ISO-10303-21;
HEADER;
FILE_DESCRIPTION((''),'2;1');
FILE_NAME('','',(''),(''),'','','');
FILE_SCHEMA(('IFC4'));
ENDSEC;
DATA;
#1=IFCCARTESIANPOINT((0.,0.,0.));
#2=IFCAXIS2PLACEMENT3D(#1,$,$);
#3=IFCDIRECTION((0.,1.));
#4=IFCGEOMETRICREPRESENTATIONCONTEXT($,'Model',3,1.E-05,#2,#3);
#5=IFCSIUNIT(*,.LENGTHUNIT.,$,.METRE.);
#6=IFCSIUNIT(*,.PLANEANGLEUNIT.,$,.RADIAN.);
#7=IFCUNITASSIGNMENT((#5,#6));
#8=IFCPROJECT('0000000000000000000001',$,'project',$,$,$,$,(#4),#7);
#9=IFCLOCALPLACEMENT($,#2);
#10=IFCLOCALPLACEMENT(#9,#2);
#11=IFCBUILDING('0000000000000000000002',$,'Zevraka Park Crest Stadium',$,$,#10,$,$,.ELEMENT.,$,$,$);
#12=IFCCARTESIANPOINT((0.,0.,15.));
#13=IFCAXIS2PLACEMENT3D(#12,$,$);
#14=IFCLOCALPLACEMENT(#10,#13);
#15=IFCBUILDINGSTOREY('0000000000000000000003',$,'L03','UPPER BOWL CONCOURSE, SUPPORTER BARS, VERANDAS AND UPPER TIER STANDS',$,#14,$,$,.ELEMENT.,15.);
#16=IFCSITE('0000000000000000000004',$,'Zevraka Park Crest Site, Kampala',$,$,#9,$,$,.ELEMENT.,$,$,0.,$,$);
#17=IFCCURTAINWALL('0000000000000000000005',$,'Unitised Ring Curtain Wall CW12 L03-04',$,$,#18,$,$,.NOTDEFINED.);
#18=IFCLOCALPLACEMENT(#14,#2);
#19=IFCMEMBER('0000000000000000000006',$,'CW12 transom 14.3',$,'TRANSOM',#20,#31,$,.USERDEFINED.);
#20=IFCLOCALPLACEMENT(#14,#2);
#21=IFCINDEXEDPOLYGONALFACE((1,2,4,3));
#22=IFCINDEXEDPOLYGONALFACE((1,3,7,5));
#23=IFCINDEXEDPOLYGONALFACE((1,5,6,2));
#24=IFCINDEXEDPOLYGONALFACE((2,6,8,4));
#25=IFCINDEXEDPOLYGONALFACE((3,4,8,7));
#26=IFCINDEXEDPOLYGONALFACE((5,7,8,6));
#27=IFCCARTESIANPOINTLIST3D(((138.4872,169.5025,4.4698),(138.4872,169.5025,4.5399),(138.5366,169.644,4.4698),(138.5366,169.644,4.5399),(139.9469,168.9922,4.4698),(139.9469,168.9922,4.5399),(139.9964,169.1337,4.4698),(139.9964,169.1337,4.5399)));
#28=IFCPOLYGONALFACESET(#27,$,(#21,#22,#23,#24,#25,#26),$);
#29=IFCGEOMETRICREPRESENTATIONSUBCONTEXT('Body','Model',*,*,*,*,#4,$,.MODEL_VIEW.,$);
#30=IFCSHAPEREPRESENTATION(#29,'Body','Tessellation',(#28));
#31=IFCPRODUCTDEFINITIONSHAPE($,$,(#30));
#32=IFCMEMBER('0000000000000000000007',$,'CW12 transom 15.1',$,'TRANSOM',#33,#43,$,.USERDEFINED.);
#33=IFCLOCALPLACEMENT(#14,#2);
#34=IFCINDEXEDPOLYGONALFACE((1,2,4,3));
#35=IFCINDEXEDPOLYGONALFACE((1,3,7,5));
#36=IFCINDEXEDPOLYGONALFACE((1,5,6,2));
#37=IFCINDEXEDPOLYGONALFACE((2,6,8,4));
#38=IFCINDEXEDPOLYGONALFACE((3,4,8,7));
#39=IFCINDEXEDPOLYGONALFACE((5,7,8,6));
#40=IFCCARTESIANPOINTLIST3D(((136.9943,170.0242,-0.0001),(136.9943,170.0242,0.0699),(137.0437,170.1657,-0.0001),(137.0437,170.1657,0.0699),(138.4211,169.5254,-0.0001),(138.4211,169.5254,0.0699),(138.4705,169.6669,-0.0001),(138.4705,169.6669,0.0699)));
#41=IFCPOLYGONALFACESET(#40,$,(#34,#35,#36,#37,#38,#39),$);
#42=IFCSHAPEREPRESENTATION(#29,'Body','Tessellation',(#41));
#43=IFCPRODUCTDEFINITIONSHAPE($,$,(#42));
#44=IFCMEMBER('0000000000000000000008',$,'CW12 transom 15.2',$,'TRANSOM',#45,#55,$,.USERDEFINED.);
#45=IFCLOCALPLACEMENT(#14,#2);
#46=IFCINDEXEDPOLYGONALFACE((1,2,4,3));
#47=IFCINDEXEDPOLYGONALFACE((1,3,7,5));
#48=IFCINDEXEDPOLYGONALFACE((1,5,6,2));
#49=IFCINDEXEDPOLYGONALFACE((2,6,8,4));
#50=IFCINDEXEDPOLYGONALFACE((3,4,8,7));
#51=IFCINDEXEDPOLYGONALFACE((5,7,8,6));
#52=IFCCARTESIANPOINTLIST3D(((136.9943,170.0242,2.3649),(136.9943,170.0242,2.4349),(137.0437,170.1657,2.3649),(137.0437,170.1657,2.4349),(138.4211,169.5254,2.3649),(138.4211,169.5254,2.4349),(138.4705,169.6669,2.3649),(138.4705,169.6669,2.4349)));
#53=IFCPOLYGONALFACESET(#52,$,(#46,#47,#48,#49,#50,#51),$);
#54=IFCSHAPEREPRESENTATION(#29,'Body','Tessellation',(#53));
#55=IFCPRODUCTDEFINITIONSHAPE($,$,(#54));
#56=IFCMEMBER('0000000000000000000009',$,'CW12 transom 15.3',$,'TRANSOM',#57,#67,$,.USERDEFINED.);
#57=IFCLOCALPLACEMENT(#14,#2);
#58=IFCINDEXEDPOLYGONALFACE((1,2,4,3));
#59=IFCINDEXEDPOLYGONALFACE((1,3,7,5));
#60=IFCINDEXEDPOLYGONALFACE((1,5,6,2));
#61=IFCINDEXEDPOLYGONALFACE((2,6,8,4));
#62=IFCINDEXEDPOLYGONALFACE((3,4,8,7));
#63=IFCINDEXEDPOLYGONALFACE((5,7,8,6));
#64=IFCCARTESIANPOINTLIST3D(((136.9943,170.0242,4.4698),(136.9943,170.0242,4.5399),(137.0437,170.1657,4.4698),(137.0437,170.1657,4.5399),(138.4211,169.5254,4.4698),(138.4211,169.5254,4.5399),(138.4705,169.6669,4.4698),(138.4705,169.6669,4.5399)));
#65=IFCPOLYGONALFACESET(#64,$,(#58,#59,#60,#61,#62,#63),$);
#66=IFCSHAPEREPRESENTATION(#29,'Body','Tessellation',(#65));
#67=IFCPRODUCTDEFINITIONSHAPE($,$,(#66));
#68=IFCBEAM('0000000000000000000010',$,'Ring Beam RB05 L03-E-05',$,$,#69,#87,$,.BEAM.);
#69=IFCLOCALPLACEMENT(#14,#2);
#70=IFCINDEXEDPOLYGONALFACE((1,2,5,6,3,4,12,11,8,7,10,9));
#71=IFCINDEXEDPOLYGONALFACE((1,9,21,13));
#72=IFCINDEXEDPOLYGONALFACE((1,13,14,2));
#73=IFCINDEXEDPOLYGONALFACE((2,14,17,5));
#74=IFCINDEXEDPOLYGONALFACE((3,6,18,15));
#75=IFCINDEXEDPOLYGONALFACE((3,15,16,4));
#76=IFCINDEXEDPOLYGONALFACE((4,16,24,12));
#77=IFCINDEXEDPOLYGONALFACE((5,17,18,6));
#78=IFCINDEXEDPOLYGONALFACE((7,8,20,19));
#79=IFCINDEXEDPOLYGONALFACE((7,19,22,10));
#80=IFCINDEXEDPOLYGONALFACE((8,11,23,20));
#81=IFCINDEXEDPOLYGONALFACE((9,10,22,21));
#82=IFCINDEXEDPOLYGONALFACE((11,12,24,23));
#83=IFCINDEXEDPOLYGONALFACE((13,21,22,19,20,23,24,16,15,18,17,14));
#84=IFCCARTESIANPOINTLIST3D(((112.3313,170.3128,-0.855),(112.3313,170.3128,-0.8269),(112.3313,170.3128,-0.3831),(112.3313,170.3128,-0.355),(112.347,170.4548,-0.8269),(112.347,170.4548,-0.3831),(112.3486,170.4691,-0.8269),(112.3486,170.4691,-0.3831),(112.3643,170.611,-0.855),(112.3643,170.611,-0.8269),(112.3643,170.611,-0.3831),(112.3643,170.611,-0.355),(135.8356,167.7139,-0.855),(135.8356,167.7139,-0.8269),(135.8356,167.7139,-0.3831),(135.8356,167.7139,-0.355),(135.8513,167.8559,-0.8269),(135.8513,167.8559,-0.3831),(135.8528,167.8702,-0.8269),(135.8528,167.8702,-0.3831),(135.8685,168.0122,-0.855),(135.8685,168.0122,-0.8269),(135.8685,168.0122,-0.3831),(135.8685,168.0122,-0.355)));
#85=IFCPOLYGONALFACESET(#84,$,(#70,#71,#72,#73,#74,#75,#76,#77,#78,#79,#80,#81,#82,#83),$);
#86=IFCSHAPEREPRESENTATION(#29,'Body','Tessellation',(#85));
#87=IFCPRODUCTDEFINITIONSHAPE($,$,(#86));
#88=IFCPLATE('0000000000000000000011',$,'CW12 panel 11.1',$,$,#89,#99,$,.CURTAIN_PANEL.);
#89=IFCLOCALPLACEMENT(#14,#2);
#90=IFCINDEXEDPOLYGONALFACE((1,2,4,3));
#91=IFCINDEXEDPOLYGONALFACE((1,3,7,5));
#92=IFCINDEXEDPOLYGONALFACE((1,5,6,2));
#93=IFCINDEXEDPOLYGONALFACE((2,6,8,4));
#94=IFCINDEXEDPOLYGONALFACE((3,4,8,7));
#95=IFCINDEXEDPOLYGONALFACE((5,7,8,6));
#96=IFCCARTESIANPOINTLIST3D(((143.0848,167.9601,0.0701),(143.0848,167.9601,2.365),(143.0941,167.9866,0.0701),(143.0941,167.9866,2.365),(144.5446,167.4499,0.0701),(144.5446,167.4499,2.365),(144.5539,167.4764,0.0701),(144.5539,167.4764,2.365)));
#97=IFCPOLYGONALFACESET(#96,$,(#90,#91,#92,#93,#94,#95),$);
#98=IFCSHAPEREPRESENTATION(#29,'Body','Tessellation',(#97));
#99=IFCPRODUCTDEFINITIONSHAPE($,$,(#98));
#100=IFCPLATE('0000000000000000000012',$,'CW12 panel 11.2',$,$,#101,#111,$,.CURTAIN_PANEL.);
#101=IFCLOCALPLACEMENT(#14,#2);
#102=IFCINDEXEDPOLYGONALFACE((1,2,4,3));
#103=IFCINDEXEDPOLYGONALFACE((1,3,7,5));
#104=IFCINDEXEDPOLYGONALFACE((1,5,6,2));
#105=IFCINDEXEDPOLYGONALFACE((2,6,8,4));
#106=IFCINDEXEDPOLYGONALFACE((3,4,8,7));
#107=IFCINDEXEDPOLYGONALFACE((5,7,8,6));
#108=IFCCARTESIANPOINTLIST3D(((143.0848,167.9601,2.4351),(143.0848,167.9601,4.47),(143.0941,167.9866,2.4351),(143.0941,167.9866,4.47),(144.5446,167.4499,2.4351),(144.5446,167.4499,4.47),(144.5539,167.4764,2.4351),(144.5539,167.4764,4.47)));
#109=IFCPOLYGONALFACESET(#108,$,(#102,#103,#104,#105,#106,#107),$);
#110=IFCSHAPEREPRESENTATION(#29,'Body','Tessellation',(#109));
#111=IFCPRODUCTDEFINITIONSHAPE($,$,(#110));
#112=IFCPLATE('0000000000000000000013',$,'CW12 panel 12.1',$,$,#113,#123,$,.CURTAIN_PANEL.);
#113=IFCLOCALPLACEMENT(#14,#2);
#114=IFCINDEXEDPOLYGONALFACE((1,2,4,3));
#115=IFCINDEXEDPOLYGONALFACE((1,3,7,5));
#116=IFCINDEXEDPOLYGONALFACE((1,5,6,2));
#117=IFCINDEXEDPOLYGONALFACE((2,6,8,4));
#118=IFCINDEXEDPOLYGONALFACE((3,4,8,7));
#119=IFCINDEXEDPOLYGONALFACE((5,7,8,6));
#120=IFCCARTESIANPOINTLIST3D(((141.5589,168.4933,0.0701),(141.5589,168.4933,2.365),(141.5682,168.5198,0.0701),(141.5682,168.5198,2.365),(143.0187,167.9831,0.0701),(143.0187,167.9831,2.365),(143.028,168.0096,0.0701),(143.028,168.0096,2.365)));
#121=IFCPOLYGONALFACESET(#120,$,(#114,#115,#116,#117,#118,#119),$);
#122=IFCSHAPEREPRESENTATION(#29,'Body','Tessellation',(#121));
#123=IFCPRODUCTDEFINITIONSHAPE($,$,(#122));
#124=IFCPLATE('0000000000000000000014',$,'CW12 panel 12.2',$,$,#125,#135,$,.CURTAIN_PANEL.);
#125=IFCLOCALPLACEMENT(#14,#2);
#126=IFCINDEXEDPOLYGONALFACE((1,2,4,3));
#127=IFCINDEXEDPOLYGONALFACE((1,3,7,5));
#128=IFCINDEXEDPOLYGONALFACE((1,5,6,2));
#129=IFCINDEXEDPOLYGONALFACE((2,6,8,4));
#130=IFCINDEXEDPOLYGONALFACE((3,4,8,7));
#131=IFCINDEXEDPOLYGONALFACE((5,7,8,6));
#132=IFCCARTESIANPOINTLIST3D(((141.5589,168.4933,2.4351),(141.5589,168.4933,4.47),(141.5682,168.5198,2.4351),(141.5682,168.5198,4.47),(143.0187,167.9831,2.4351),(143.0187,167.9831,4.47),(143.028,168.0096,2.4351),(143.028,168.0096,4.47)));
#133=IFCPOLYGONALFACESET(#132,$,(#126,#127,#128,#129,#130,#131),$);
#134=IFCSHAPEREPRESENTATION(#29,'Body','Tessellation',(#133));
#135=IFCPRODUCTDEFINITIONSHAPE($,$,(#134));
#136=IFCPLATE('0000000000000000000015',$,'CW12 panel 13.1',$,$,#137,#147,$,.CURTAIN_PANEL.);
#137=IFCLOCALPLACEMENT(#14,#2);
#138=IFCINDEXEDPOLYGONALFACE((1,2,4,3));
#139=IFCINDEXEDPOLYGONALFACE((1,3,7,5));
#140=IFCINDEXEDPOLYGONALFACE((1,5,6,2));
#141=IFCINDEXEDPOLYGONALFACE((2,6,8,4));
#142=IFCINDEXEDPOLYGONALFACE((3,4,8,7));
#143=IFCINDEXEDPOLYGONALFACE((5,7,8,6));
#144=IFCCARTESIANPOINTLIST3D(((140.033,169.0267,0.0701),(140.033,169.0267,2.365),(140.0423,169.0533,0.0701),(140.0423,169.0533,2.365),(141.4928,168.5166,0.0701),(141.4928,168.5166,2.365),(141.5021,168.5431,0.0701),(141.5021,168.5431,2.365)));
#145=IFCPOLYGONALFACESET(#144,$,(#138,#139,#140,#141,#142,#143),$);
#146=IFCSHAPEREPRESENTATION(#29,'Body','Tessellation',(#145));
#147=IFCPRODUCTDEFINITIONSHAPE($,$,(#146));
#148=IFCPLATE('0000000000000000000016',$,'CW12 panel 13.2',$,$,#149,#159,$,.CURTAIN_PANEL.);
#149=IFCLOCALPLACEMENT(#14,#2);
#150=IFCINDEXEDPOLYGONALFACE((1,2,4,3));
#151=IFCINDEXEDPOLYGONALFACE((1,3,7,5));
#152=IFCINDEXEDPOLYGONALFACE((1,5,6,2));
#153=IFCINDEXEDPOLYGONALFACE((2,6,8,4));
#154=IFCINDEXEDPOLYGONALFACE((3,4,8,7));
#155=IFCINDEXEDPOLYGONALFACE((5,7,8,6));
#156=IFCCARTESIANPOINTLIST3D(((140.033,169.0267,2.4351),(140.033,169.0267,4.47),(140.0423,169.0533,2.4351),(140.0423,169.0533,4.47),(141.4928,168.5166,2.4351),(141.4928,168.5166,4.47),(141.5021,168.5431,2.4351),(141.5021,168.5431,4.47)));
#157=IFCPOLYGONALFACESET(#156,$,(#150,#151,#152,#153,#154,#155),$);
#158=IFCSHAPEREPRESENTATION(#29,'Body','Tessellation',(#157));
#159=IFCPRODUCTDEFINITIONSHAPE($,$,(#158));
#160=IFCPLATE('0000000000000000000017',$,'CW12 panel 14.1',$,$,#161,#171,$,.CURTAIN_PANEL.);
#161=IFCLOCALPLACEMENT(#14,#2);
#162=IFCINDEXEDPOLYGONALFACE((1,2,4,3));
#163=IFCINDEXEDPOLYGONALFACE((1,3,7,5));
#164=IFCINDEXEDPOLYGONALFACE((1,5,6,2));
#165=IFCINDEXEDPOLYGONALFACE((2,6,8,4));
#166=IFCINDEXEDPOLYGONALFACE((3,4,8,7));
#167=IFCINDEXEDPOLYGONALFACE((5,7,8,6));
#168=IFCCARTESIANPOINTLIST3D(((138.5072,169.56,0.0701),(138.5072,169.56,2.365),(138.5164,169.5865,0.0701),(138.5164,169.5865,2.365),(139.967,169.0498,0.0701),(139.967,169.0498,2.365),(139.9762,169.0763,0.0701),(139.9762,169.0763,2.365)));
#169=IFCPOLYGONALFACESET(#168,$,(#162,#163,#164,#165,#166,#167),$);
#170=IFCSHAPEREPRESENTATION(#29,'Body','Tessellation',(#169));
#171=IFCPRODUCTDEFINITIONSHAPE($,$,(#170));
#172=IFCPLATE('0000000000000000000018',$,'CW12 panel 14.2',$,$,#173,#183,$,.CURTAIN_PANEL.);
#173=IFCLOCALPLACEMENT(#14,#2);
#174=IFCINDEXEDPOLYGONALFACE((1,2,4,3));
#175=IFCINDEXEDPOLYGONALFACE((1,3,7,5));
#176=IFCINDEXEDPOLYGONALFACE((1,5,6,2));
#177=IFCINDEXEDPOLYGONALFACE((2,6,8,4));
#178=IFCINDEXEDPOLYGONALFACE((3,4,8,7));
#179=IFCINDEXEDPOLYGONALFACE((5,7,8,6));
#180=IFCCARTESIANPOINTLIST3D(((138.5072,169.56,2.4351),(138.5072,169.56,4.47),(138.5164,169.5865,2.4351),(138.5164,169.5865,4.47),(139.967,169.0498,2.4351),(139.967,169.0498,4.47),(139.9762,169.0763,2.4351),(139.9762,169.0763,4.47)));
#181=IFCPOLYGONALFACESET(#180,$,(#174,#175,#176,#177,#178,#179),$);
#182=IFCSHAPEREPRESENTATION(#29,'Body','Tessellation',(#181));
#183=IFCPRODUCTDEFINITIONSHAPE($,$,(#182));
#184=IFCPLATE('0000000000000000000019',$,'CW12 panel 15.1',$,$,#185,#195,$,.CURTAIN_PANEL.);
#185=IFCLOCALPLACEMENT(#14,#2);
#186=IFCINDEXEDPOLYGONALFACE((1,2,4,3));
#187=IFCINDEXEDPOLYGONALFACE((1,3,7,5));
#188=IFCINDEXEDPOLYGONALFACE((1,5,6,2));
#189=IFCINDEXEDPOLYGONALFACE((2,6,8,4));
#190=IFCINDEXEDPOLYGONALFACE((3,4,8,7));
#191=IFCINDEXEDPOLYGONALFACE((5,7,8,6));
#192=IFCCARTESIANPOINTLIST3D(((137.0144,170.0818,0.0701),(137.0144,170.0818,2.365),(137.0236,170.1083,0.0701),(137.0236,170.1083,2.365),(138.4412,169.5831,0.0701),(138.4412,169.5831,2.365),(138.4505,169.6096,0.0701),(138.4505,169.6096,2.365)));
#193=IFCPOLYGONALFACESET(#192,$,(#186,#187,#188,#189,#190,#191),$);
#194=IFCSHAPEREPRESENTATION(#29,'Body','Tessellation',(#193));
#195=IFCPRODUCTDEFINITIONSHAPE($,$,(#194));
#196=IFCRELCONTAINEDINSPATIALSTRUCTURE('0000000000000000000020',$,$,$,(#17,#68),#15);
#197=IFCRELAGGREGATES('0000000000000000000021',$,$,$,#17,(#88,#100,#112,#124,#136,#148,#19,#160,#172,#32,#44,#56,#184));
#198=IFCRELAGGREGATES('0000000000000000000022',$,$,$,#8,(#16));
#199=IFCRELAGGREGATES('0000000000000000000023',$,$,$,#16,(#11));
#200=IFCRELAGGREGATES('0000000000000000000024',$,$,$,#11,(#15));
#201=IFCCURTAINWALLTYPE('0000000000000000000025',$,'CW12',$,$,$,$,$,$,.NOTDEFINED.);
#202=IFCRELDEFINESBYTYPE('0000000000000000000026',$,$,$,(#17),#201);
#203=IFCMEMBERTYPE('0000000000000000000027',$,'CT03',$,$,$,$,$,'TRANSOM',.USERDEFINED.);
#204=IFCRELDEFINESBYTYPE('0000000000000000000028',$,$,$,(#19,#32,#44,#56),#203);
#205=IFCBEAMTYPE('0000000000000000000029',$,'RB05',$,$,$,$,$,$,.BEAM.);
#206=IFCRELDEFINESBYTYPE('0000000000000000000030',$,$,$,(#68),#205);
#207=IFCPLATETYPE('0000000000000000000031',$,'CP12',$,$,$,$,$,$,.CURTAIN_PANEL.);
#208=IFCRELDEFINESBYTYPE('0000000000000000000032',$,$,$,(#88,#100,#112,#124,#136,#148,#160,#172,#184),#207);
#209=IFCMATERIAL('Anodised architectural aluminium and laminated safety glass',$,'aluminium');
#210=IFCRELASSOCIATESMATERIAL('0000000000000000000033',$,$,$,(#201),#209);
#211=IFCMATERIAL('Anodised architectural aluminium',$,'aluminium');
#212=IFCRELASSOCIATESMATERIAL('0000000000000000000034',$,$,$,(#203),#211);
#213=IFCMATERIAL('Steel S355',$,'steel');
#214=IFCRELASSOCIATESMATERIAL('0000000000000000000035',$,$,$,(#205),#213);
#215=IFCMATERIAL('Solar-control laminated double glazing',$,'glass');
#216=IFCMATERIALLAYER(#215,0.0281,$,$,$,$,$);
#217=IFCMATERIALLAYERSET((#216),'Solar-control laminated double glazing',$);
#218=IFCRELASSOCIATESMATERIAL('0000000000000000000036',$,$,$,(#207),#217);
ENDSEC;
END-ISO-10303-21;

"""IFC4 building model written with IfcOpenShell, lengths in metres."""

from ifc_helpers import new_model, si_unit, direction, frame, origin, origin_2d, place, context, subcontext, project, spatial, rectangle, i_section, extrude, material, layer, layer_set, material_profile, profile_set, type_object, element, aggregate, save


model = new_model("IFC4")

# Units and contexts
model_context = context("Model", 3, precision=1e-05, world=origin(), true_north=direction((0.0, 1.0)))
body_context = subcontext(model_context, "Body", "Model", "MODEL_VIEW")
ifc_project = project(units=[si_unit("LENGTHUNIT", "METRE"), si_unit("PLANEANGLEUNIT", "RADIAN")], contexts=[model_context])

# Site, building, storey
site_placement = place(None, origin())
site = spatial("IfcSite", under=ifc_project, at=site_placement, Name="Zevraka Park Crest Site, Kampala", CompositionType="ELEMENT", RefElevation=0.0)
building_placement = place(site_placement, origin())
building = spatial("IfcBuilding", under=site, at=building_placement, Name="Zevraka Park Crest Stadium", CompositionType="ELEMENT")
storey_placement = place(building_placement, frame((0.0, 0.0, 15.0)))
storey = spatial("IfcBuildingStorey", under=building, at=storey_placement, Name="L03", Description="UPPER BOWL CONCOURSE, SUPPORTER BARS, VERANDAS AND UPPER TIER STANDS", CompositionType="ELEMENT", Elevation=15.0)

# Curtain wall, members
ifc_material_1 = material(Name="Anodised architectural aluminium and laminated safety glass", Category="aluminium")
curtain_wall_type = type_object("IfcCurtainWallType", Name="CW12", PredefinedType="NOTDEFINED", material=ifc_material_1)
curtain_wall_placement = place(storey_placement, origin())
curtain_wall = element("IfcCurtainWall", 1, at=curtain_wall_placement, inside=storey, type_object=curtain_wall_type, Name="Unitised Ring Curtain Wall CW12 L03-04", PredefinedType="NOTDEFINED")
ifc_material_2 = material(Name="Anodised architectural aluminium", Category="aluminium")
ifc_material_profile_1 = material_profile(ifc_material_2, rectangle(XDim=0.1499, YDim=0.0701, at=origin_2d()), Name="ALU TRANSOM 150x70")
ifc_profile_set_1 = profile_set([ifc_material_profile_1], Name="Anodised architectural aluminium")
member_type_1 = type_object("IfcMemberType", Name="CT03", ElementType="TRANSOM", PredefinedType="USERDEFINED", material=ifc_profile_set_1)
member_1_placement = place(storey_placement, frame((139.9717, 169.063, 4.5049), z_axis=(-0.943989, 0.329978, 0.0), x_axis=(-0.329978, -0.943989, 0.0)))
member_1 = element("IfcMember", 2, at=member_1_placement, type_object=member_type_1, Name="CW12 transom 14.3", ObjectType="TRANSOM", PredefinedType="USERDEFINED", context=body_context, shape_type="SweptSolid", body=[
    extrude(rectangle(XDim=0.1499, YDim=0.0701, at=origin_2d()), origin(), (0.0, 0.0, 1.0), 1.5464),
])
member_2_placement = place(storey_placement, frame((138.4458, 169.5962, 0.0349), z_axis=(-0.943979, 0.330005, 0.0), x_axis=(-0.330005, -0.943979, 0.0)))
member_2 = element("IfcMember", 3, at=member_2_placement, type_object=member_type_1, Name="CW12 transom 15.1", ObjectType="TRANSOM", PredefinedType="USERDEFINED", context=body_context, shape_type="SweptSolid", body=[
    extrude(rectangle(XDim=0.1499, YDim=0.0701, at=origin_2d()), origin(), (0.0, 0.0, 1.0), 1.5115),
])
member_3_placement = place(storey_placement, frame((138.4458, 169.5962, 2.3999), z_axis=(-0.943979, 0.330005, 0.0), x_axis=(-0.330005, -0.943979, 0.0)))
member_3 = element("IfcMember", 4, at=member_3_placement, type_object=member_type_1, Name="CW12 transom 15.2", ObjectType="TRANSOM", PredefinedType="USERDEFINED", context=body_context, shape_type="SweptSolid", body=[
    extrude(rectangle(XDim=0.1499, YDim=0.0701, at=origin_2d()), origin(), (0.0, 0.0, 1.0), 1.5115),
])
member_4_placement = place(storey_placement, frame((138.4458, 169.5962, 4.5049), z_axis=(-0.943979, 0.330005, 0.0), x_axis=(-0.330005, -0.943979, 0.0)))
member_4 = element("IfcMember", 5, at=member_4_placement, type_object=member_type_1, Name="CW12 transom 15.3", ObjectType="TRANSOM", PredefinedType="USERDEFINED", context=body_context, shape_type="SweptSolid", body=[
    extrude(rectangle(XDim=0.1499, YDim=0.0701, at=origin_2d()), origin(), (0.0, 0.0, 1.0), 1.5115),
])

# Beam
ifc_material_3 = material(Name="Steel S355", Category="steel")
ifc_material_profile_2 = material_profile(ifc_material_3, i_section(OverallWidth=0.3, OverallDepth=0.5, WebThickness=0.0144, FlangeThickness=0.0281, at=origin_2d()), Name="HEB 500")
ifc_profile_set_2 = profile_set([ifc_material_profile_2], Name="Steel S355")
beam_type = type_object("IfcBeamType", Name="RB05", PredefinedType="BEAM", material=ifc_profile_set_2)
beam_placement = place(storey_placement, frame((135.8521, 167.863, -0.605), z_axis=(-0.993943, 0.109901, 0.0), x_axis=(-0.109901, -0.993943, 0.0)))
element("IfcBeam", 6, at=beam_placement, inside=storey, type_object=beam_type, Name="Ring Beam RB05 L03-E-05", PredefinedType="BEAM", context=body_context, shape_type="SweptSolid", body=[
    extrude(i_section(OverallWidth=0.3, OverallDepth=0.5, WebThickness=0.0144, FlangeThickness=0.0281, at=origin_2d()), origin(), (0.0, 0.0, 1.0), 23.6475),
])

# Plates
ifc_material_4 = material(Name="Solar-control laminated double glazing", Category="glass")
ifc_layer_1 = layer(ifc_material_4, 0.0281)
ifc_layer_set_1 = layer_set([ifc_layer_1], Name="Solar-control laminated double glazing")
plate_type = type_object("IfcPlateType", Name="CP12", PredefinedType="CURTAIN_PANEL", material=ifc_layer_set_1)
plate_1_placement = place(storey_placement, frame((143.8193, 167.7183, 0.0701), z_axis=(0.0, 0.0, 1.0), x_axis=(-0.94401, 0.329917, 0.0)))
plate_1 = element("IfcPlate", 7, at=plate_1_placement, type_object=plate_type, Name="CW12 panel 11.1", PredefinedType="CURTAIN_PANEL", context=body_context, shape_type="SweptSolid", body=[
    extrude(rectangle(XDim=1.5464, YDim=0.0281, at=origin_2d()), origin(), (0.0, 0.0, 1.0), 2.2949),
])
plate_2_placement = place(storey_placement, frame((143.8193, 167.7183, 2.4351), z_axis=(0.0, 0.0, 1.0), x_axis=(-0.94401, 0.329917, 0.0)))
plate_2 = element("IfcPlate", 8, at=plate_2_placement, type_object=plate_type, Name="CW12 panel 11.2", PredefinedType="CURTAIN_PANEL", context=body_context, shape_type="SweptSolid", body=[
    extrude(rectangle(XDim=1.5464, YDim=0.0281, at=origin_2d()), origin(), (0.0, 0.0, 1.0), 2.0349),
])
plate_3_placement = place(storey_placement, frame((142.2935, 168.2515, 0.0701), z_axis=(0.0, 0.0, 1.0), x_axis=(-0.94401, 0.329917, 0.0)))
plate_3 = element("IfcPlate", 9, at=plate_3_placement, type_object=plate_type, Name="CW12 panel 12.1", PredefinedType="CURTAIN_PANEL", context=body_context, shape_type="SweptSolid", body=[
    extrude(rectangle(XDim=1.5464, YDim=0.0281, at=origin_2d()), origin(), (0.0, 0.0, 1.0), 2.2949),
])
plate_4_placement = place(storey_placement, frame((142.2935, 168.2515, 2.4351), z_axis=(0.0, 0.0, 1.0), x_axis=(-0.94401, 0.329917, 0.0)))
plate_4 = element("IfcPlate", 10, at=plate_4_placement, type_object=plate_type, Name="CW12 panel 12.2", PredefinedType="CURTAIN_PANEL", context=body_context, shape_type="SweptSolid", body=[
    extrude(rectangle(XDim=1.5464, YDim=0.0281, at=origin_2d()), origin(), (0.0, 0.0, 1.0), 2.0349),
])
plate_5_placement = place(storey_placement, frame((140.7676, 168.7849, 0.0701), z_axis=(0.0, 0.0, 1.0), x_axis=(-0.94401, 0.329917, 0.0)))
plate_5 = element("IfcPlate", 11, at=plate_5_placement, type_object=plate_type, Name="CW12 panel 13.1", PredefinedType="CURTAIN_PANEL", context=body_context, shape_type="SweptSolid", body=[
    extrude(rectangle(XDim=1.5464, YDim=0.0281, at=origin_2d()), origin(), (0.0, 0.0, 1.0), 2.2949),
])
plate_6_placement = place(storey_placement, frame((140.7676, 168.7849, 2.4351), z_axis=(0.0, 0.0, 1.0), x_axis=(-0.94401, 0.329917, 0.0)))
plate_6 = element("IfcPlate", 12, at=plate_6_placement, type_object=plate_type, Name="CW12 panel 13.2", PredefinedType="CURTAIN_PANEL", context=body_context, shape_type="SweptSolid", body=[
    extrude(rectangle(XDim=1.5464, YDim=0.0281, at=origin_2d()), origin(), (0.0, 0.0, 1.0), 2.0349),
])
plate_7_placement = place(storey_placement, frame((139.2417, 169.3181, 0.0701), z_axis=(0.0, 0.0, 1.0), x_axis=(-0.94401, 0.329917, 0.0)))
plate_7 = element("IfcPlate", 13, at=plate_7_placement, type_object=plate_type, Name="CW12 panel 14.1", PredefinedType="CURTAIN_PANEL", context=body_context, shape_type="SweptSolid", body=[
    extrude(rectangle(XDim=1.5464, YDim=0.0281, at=origin_2d()), origin(), (0.0, 0.0, 1.0), 2.2949),
])
plate_8_placement = place(storey_placement, frame((139.2417, 169.3181, 2.4351), z_axis=(0.0, 0.0, 1.0), x_axis=(-0.94401, 0.329917, 0.0)))
plate_8 = element("IfcPlate", 14, at=plate_8_placement, type_object=plate_type, Name="CW12 panel 14.2", PredefinedType="CURTAIN_PANEL", context=body_context, shape_type="SweptSolid", body=[
    extrude(rectangle(XDim=1.5464, YDim=0.0281, at=origin_2d()), origin(), (0.0, 0.0, 1.0), 2.0349),
])
plate_9_placement = place(storey_placement, frame((137.7324, 169.8457, 0.0701), z_axis=(0.0, 0.0, 1.0), x_axis=(-0.94401, 0.329917, 0.0)))
plate_9 = element("IfcPlate", 15, at=plate_9_placement, type_object=plate_type, Name="CW12 panel 15.1", PredefinedType="CURTAIN_PANEL", context=body_context, shape_type="SweptSolid", body=[
    extrude(rectangle(XDim=1.5115, YDim=0.0281, at=origin_2d()), origin(), (0.0, 0.0, 1.0), 2.2949),
])
aggregate(curtain_wall, [plate_1, plate_2, plate_3, plate_4, plate_5, plate_6, member_1, plate_7, plate_8, member_2, member_3, member_4, plate_9])

save(model, "model.ifc")
